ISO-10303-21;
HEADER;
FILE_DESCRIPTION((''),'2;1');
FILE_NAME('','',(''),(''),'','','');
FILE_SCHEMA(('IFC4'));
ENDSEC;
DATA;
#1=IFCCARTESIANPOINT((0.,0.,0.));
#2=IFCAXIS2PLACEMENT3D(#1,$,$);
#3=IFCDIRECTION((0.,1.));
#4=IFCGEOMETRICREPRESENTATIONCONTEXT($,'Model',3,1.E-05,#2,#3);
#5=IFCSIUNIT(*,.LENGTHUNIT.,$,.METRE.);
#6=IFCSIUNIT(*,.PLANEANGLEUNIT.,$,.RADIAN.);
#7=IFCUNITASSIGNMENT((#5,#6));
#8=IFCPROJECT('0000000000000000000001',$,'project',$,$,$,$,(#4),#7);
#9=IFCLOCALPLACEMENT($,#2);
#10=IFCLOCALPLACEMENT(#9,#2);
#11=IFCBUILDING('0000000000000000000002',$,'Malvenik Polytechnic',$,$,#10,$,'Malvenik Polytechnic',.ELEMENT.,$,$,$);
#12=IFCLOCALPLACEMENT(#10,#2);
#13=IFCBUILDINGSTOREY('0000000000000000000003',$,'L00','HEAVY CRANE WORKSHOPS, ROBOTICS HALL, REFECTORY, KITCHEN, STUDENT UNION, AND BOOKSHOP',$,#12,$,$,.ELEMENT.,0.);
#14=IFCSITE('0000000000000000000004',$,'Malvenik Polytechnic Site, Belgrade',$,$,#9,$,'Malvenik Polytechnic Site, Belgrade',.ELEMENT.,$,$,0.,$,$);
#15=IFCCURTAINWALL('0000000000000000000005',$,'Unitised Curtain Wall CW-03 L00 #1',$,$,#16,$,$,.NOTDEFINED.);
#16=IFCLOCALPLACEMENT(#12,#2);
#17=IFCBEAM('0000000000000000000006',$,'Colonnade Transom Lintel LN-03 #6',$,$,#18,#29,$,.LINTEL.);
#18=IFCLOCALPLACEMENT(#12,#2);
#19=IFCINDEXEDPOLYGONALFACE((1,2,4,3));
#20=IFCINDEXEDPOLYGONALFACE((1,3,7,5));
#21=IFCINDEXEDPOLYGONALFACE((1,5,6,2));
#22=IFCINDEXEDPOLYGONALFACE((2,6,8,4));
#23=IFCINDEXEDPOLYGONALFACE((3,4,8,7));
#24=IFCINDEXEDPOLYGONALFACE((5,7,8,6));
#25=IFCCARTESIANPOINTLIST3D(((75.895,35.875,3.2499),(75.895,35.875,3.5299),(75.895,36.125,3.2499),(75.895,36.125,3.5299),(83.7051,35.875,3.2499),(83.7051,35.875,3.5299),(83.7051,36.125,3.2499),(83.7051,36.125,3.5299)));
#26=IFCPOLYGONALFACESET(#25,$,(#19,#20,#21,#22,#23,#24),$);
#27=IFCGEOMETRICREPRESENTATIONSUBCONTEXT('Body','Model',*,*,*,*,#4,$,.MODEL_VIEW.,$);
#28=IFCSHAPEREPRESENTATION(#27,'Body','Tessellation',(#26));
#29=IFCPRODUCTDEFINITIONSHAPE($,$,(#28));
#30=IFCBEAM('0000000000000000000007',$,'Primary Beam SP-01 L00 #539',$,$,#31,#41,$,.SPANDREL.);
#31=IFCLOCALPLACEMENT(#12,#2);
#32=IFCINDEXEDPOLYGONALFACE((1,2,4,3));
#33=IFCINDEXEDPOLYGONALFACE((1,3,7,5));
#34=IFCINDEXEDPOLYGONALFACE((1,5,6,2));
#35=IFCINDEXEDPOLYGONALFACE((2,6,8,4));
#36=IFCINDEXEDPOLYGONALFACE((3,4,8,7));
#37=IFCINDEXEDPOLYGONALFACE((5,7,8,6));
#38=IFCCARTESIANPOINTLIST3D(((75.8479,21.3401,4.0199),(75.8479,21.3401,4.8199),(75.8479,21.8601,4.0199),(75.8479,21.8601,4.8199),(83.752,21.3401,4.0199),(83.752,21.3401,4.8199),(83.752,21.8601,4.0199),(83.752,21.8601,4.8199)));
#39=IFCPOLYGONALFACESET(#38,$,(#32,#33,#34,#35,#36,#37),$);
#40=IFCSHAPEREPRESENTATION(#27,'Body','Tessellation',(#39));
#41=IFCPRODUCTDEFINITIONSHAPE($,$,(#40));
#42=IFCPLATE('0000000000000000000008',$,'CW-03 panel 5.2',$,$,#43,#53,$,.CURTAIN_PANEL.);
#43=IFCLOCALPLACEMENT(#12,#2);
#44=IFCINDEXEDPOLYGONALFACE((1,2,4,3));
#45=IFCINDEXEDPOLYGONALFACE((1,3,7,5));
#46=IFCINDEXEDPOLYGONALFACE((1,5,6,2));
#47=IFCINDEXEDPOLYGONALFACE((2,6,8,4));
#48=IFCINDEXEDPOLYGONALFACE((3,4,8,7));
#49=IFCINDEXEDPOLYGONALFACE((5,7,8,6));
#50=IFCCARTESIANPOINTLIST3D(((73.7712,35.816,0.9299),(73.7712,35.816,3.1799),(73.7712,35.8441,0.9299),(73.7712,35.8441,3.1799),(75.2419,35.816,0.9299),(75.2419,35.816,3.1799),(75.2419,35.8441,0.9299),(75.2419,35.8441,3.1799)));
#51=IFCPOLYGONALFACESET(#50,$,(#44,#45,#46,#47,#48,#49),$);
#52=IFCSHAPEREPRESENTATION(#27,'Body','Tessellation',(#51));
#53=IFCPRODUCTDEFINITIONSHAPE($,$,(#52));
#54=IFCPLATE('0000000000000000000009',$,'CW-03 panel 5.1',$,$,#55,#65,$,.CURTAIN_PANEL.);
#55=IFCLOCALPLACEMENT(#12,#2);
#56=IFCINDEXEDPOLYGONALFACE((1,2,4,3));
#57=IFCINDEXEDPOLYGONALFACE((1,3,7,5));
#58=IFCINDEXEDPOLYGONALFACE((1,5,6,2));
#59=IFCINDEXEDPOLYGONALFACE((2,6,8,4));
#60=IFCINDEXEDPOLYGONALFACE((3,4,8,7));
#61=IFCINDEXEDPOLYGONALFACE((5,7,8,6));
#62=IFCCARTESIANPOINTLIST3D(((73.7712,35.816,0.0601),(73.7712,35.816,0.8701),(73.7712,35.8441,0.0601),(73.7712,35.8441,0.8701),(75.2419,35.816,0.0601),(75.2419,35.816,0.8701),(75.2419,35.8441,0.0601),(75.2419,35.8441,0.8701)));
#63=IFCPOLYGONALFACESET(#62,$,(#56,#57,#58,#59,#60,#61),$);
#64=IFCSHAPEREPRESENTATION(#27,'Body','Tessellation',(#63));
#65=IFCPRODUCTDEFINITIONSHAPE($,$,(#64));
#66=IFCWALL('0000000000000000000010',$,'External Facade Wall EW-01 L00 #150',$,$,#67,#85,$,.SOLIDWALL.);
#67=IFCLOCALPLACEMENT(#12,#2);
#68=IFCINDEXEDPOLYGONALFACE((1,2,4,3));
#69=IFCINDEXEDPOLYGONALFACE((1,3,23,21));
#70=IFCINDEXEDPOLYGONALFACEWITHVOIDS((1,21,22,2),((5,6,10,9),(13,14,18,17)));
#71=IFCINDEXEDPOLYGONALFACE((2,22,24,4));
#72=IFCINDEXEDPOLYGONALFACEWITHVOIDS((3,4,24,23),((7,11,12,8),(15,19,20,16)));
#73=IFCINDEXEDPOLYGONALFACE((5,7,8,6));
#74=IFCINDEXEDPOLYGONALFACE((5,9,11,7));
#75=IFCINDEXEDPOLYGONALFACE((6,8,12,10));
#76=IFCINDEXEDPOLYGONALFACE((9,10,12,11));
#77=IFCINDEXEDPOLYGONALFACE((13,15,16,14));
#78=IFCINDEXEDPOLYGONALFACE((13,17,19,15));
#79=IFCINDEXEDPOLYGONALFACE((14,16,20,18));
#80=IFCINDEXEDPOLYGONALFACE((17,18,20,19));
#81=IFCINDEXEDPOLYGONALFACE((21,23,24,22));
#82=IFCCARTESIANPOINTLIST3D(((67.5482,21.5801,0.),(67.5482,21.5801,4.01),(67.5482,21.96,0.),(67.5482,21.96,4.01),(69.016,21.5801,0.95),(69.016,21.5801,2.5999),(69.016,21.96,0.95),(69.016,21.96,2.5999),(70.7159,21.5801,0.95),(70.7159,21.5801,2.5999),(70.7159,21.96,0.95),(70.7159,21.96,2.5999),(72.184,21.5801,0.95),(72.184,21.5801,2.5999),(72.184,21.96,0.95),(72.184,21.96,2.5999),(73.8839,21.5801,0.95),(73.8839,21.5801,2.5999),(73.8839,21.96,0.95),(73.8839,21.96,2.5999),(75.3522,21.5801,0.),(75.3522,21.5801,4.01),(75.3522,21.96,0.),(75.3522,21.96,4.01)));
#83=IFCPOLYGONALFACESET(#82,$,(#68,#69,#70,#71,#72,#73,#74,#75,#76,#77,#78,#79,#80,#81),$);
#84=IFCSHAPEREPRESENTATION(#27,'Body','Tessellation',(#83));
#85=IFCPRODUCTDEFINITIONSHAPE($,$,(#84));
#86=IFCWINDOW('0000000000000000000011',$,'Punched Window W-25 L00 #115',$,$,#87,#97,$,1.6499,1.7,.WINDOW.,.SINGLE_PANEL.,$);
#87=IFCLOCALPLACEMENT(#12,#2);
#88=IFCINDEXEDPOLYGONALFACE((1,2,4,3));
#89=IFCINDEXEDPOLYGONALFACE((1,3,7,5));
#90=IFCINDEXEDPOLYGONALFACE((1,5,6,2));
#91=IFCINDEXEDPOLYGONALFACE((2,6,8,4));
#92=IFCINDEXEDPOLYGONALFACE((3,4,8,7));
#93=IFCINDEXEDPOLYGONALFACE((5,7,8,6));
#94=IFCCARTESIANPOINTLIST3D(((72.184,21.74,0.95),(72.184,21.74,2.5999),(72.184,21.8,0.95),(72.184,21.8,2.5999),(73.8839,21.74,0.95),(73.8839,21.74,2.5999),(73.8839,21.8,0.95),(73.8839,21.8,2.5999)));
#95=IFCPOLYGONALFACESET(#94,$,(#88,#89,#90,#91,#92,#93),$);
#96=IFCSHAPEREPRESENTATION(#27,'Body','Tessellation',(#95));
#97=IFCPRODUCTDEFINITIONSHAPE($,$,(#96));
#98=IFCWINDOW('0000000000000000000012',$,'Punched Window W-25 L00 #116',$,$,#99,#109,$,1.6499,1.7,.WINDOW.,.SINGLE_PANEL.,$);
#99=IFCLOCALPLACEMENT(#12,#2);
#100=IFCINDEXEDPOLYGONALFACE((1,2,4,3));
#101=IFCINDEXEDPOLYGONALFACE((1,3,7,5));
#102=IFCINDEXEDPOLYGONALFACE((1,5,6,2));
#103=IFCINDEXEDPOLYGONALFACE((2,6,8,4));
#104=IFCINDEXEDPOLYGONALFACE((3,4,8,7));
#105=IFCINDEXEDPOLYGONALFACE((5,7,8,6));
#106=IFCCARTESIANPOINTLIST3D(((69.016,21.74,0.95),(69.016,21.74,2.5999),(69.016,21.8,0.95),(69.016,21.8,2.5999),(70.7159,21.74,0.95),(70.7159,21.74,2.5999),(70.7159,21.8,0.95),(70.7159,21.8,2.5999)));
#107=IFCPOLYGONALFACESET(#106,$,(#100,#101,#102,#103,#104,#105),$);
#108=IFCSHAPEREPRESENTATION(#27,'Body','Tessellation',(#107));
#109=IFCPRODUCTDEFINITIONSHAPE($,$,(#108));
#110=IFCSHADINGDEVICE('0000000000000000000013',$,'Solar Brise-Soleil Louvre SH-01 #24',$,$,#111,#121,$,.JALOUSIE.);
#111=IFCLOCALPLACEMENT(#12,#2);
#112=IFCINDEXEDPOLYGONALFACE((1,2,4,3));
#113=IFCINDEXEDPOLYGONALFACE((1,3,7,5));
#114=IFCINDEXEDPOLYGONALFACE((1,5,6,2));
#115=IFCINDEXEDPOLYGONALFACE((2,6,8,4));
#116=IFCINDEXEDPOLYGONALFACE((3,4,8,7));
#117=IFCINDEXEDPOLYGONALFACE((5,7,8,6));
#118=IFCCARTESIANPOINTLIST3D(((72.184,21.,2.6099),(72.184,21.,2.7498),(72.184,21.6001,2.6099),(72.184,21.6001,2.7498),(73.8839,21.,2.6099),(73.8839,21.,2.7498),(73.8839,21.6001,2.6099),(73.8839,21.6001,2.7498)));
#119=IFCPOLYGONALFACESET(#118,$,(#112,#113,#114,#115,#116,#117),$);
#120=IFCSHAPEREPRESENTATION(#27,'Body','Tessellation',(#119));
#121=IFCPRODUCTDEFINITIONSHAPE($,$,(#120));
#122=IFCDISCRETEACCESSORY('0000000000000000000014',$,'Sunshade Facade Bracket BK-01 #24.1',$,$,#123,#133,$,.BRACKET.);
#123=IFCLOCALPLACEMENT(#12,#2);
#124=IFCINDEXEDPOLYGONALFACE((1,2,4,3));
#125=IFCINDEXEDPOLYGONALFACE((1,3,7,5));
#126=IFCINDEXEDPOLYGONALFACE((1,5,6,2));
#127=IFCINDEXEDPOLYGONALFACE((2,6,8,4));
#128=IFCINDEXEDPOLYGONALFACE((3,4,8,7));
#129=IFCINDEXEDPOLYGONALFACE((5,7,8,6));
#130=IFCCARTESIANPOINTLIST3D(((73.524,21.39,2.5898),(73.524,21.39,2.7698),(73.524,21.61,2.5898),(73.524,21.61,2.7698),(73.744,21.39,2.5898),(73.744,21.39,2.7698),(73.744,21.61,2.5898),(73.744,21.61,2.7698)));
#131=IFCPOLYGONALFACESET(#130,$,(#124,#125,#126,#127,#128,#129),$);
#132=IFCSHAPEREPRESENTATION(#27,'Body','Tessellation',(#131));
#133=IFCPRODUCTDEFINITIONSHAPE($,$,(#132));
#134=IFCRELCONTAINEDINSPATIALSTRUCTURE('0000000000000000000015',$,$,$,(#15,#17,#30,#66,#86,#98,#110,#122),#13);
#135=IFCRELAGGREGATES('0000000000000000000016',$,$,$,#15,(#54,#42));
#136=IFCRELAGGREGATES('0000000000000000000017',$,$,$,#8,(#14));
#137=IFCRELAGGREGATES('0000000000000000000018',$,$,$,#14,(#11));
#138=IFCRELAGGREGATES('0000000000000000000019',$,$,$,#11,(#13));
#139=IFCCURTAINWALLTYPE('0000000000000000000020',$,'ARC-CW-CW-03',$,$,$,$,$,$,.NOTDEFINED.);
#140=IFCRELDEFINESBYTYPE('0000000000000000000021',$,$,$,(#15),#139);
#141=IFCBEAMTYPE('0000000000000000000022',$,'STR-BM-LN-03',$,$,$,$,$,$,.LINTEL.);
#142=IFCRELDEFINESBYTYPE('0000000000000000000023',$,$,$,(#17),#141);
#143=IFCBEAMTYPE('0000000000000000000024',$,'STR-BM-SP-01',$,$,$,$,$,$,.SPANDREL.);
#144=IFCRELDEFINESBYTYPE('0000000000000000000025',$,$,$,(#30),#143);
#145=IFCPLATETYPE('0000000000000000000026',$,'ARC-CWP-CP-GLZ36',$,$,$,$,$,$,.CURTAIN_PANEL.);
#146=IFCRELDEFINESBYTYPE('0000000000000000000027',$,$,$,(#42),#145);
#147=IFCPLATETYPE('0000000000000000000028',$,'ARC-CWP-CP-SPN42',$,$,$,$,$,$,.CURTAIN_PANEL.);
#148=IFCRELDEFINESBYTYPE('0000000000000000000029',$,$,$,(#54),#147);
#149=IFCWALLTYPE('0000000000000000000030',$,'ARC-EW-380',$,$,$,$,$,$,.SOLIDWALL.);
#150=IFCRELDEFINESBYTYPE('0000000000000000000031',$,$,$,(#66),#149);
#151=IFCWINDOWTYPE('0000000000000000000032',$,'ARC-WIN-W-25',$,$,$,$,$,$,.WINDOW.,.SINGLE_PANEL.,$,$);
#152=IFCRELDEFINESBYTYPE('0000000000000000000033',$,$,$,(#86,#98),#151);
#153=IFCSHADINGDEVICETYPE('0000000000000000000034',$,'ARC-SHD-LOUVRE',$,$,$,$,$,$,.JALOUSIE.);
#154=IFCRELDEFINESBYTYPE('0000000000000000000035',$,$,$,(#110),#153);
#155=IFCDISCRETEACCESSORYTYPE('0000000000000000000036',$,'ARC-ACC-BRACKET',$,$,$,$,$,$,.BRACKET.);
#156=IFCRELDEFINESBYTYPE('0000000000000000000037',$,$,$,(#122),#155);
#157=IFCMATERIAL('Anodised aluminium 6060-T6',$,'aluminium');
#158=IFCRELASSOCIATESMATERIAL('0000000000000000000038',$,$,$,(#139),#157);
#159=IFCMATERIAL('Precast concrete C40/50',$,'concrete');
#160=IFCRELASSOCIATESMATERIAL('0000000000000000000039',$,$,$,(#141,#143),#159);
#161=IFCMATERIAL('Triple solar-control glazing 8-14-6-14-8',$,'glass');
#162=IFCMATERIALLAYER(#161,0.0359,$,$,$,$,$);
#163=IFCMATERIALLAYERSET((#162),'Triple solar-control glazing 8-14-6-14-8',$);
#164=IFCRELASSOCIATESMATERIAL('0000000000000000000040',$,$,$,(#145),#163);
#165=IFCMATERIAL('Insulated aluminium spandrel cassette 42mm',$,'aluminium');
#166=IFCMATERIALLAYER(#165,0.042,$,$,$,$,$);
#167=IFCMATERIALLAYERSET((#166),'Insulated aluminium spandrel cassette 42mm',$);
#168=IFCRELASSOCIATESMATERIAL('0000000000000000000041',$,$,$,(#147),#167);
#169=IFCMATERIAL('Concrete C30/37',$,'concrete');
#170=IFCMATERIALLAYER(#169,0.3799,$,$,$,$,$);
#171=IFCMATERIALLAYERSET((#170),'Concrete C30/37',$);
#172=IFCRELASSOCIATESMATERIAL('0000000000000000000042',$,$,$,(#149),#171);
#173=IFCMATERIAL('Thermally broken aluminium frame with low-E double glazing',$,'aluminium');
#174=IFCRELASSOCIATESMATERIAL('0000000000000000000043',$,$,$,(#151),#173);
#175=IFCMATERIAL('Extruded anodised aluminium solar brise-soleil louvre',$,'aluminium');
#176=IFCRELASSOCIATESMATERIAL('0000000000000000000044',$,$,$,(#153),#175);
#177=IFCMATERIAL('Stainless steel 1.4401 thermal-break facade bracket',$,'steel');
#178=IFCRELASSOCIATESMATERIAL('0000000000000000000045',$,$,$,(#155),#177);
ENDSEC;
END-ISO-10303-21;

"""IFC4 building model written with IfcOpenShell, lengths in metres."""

from ifc_helpers import new_model, si_unit, direction, frame, frame_2d, origin, origin_2d, place, context, subcontext, project, spatial, rectangle, extrude, material, layer, layer_set, material_profile, profile_set, type_object, element, fill, aggregate, save


model = new_model("IFC4")

# Units and contexts
model_context = context("Model", 3, precision=1e-05, world=origin(), true_north=direction((0.0, 1.0)))
body_context = subcontext(model_context, "Body", "Model", "MODEL_VIEW")
ifc_project = project(units=[si_unit("LENGTHUNIT", "METRE"), si_unit("PLANEANGLEUNIT", "RADIAN")], contexts=[model_context])

# Site, building, storey
site_placement = place(None, origin())
site = spatial("IfcSite", under=ifc_project, at=site_placement, Name="Malvenik Polytechnic Site, Belgrade", LongName="Malvenik Polytechnic Site, Belgrade", CompositionType="ELEMENT", RefElevation=0.0)
building_placement = place(site_placement, origin())
building = spatial("IfcBuilding", under=site, at=building_placement, Name="Malvenik Polytechnic", LongName="Malvenik Polytechnic", CompositionType="ELEMENT")
storey_placement = place(building_placement, origin())
storey = spatial("IfcBuildingStorey", under=building, at=storey_placement, Name="L00", Description="HEAVY CRANE WORKSHOPS, ROBOTICS HALL, REFECTORY, KITCHEN, STUDENT UNION, AND BOOKSHOP", CompositionType="ELEMENT", Elevation=0.0)

# Curtain wall
ifc_material_1 = material(Name="Anodised aluminium 6060-T6", Category="aluminium")
curtain_wall_type = type_object("IfcCurtainWallType", Name="ARC-CW-CW-03", PredefinedType="NOTDEFINED", material=ifc_material_1)
curtain_wall_placement = place(storey_placement, origin())
curtain_wall = element("IfcCurtainWall", 1, at=curtain_wall_placement, inside=storey, type_object=curtain_wall_type, Name="Unitised Curtain Wall CW-03 L00 #1", PredefinedType="NOTDEFINED")

# Beams
ifc_material_2 = material(Name="Precast concrete C40/50", Category="concrete")
ifc_material_profile_1 = material_profile(ifc_material_2, rectangle(XDim=0.25, YDim=0.28, at=origin_2d()), Name="PC LNT 250x280")
ifc_profile_set_1 = profile_set([ifc_material_profile_1], Name="Precast concrete C40/50")
beam_type_1 = type_object("IfcBeamType", Name="STR-BM-LN-03", PredefinedType="LINTEL", material=ifc_profile_set_1)
beam_1_placement = place(storey_placement, frame((75.895, 36.0, 3.3899), z_axis=(1.0, 0.0, 0.0), x_axis=(0.0, 1.0, 0.0)))
element("IfcBeam", 2, at=beam_1_placement, inside=storey, type_object=beam_type_1, Name="Colonnade Transom Lintel LN-03 #6", PredefinedType="LINTEL", context=body_context, shape_type="SweptSolid", body=[
    extrude(rectangle(XDim=0.25, YDim=0.28, at=origin_2d()), origin(), (0.0, 0.0, 1.0), 7.8101),
])
ifc_material_profile_2 = material_profile(ifc_material_2, rectangle(XDim=0.52, YDim=0.8, at=origin_2d()), Name="PC SPN 520x800")
ifc_profile_set_2 = profile_set([ifc_material_profile_2], Name="Precast concrete C40/50")
beam_type_2 = type_object("IfcBeamType", Name="STR-BM-SP-01", PredefinedType="SPANDREL", material=ifc_profile_set_2)
beam_2_placement = place(storey_placement, frame((75.8479, 21.6001, 4.4199), z_axis=(1.0, 0.0, 0.0), x_axis=(0.0, 1.0, 0.0)))
element("IfcBeam", 3, at=beam_2_placement, inside=storey, type_object=beam_type_2, Name="Primary Beam SP-01 L00 #539", PredefinedType="SPANDREL", context=body_context, shape_type="SweptSolid", body=[
    extrude(rectangle(XDim=0.52, YDim=0.8, at=origin_2d()), origin(), (0.0, 0.0, 1.0), 7.9041),
])

# Plates
ifc_material_3 = material(Name="Triple solar-control glazing 8-14-6-14-8", Category="glass")
ifc_layer_1 = layer(ifc_material_3, 0.0359)
ifc_layer_set_1 = layer_set([ifc_layer_1], Name="Triple solar-control glazing 8-14-6-14-8")
plate_type_1 = type_object("IfcPlateType", Name="ARC-CWP-CP-GLZ36", PredefinedType="CURTAIN_PANEL", material=ifc_layer_set_1)
plate_1_placement = place(storey_placement, frame((74.5066, 35.8301, 0.9299), z_axis=(0.0, 0.0, 1.0), x_axis=(1.0, 0.0, 0.0)))
plate_1 = element("IfcPlate", 4, at=plate_1_placement, type_object=plate_type_1, Name="CW-03 panel 5.2", PredefinedType="CURTAIN_PANEL", context=body_context, shape_type="SweptSolid", body=[
    extrude(rectangle(XDim=1.4707, YDim=0.0281, at=origin_2d()), origin(), (0.0, 0.0, 1.0), 2.25),
])
ifc_material_4 = material(Name="Insulated aluminium spandrel cassette 42mm", Category="aluminium")
ifc_layer_2 = layer(ifc_material_4, 0.042)
ifc_layer_set_2 = layer_set([ifc_layer_2], Name="Insulated aluminium spandrel cassette 42mm")
plate_type_2 = type_object("IfcPlateType", Name="ARC-CWP-CP-SPN42", PredefinedType="CURTAIN_PANEL", material=ifc_layer_set_2)
plate_2_placement = place(storey_placement, frame((74.5066, 35.8301, 0.0601), z_axis=(0.0, 0.0, 1.0), x_axis=(1.0, 0.0, 0.0)))
plate_2 = element("IfcPlate", 5, at=plate_2_placement, type_object=plate_type_2, Name="CW-03 panel 5.1", PredefinedType="CURTAIN_PANEL", context=body_context, shape_type="SweptSolid", body=[
    extrude(rectangle(XDim=1.4707, YDim=0.0281, at=origin_2d()), origin(), (0.0, 0.0, 1.0), 0.8101),
])
aggregate(curtain_wall, [plate_2, plate_1])

# Wall, openings, windows
ifc_material_5 = material(Name="Concrete C30/37", Category="concrete")
ifc_layer_3 = layer(ifc_material_5, 0.3799)
ifc_layer_set_3 = layer_set([ifc_layer_3], Name="Concrete C30/37")
wall_type = type_object("IfcWallType", Name="ARC-EW-380", PredefinedType="SOLIDWALL", material=ifc_layer_set_3)
wall_placement = place(storey_placement, frame((75.3521, 21.77, 0.0), z_axis=(0.0, 0.0, 1.0), x_axis=(-1.0, 0.0, 0.0)))
wall = element("IfcWall", 6, at=wall_placement, inside=storey, type_object=wall_type, Name="External Facade Wall EW-01 L00 #150", PredefinedType="SOLIDWALL", context=body_context, shape_type="SweptSolid", body=[
    extrude(rectangle(XDim=7.804, YDim=0.3799, at=frame_2d((3.9019, 0.0))), origin(), (0.0, 0.0, 1.0), 4.01),
])
opening_1_placement = place(wall_placement, frame((1.468, 0.0, 0.95)))
opening_1 = element("IfcOpeningElement", 7, at=opening_1_placement, cuts=wall, PredefinedType="OPENING", context=body_context, shape_type="SweptSolid", body=[
    extrude(rectangle(XDim=1.7, YDim=1.6499, at=frame_2d((0.8501, 0.825))), frame((0.0, 0.2, 0.0), z_axis=(0.0, -1.0, 0.0), x_axis=(1.0, 0.0, 0.0)), (0.0, 0.0, 1.0), 0.3999),
])
opening_2_placement = place(wall_placement, frame((4.636, 0.0, 0.95)))
opening_2 = element("IfcOpeningElement", 8, at=opening_2_placement, cuts=wall, PredefinedType="OPENING", context=body_context, shape_type="SweptSolid", body=[
    extrude(rectangle(XDim=1.7, YDim=1.6499, at=frame_2d((0.8501, 0.825))), frame((0.0, 0.2, 0.0), z_axis=(0.0, -1.0, 0.0), x_axis=(1.0, 0.0, 0.0)), (0.0, 0.0, 1.0), 0.3999),
])
ifc_material_6 = material(Name="Thermally broken aluminium frame with low-E double glazing", Category="aluminium")
window_type = type_object("IfcWindowType", Name="ARC-WIN-W-25", PartitioningType="SINGLE_PANEL", PredefinedType="WINDOW", material=ifc_material_6)
window_1_placement = place(opening_1_placement, origin())
window_1 = element("IfcWindow", 9, at=window_1_placement, inside=storey, type_object=window_type, Name="Punched Window W-25 L00 #115", OverallHeight=1.6499, OverallWidth=1.7, PartitioningType="SINGLE_PANEL", PredefinedType="WINDOW", context=body_context, shape_type="SweptSolid", body=[
    extrude(rectangle(XDim=1.7, YDim=1.6499, at=frame_2d((0.8501, 0.825))), frame((0.0, 0.03, 0.0), z_axis=(0.0, -1.0, 0.0), x_axis=(1.0, 0.0, 0.0)), (0.0, 0.0, 1.0), 0.0601),
])
fill(opening_1, window_1)
window_2_placement = place(opening_2_placement, origin())
window_2 = element("IfcWindow", 10, at=window_2_placement, inside=storey, type_object=window_type, Name="Punched Window W-25 L00 #116", OverallHeight=1.6499, OverallWidth=1.7, PartitioningType="SINGLE_PANEL", PredefinedType="WINDOW", context=body_context, shape_type="SweptSolid", body=[
    extrude(rectangle(XDim=1.7, YDim=1.6499, at=frame_2d((0.8501, 0.825))), frame((0.0, 0.03, 0.0), z_axis=(0.0, -1.0, 0.0), x_axis=(1.0, 0.0, 0.0)), (0.0, 0.0, 1.0), 0.0601),
])
fill(opening_2, window_2)

# Shading device
ifc_material_7 = material(Name="Extruded anodised aluminium solar brise-soleil louvre", Category="aluminium")
shading_device_type = type_object("IfcShadingDeviceType", Name="ARC-SHD-LOUVRE", PredefinedType="JALOUSIE", material=ifc_material_7)
shading_device_placement = place(storey_placement, frame((73.0339, 21.3, 2.6099), z_axis=(0.0, 0.0, 1.0), x_axis=(1.0, 0.0, 0.0)))
element("IfcShadingDevice", 11, at=shading_device_placement, inside=storey, type_object=shading_device_type, Name="Solar Brise-Soleil Louvre SH-01 #24", PredefinedType="JALOUSIE", context=body_context, shape_type="SweptSolid", body=[
    extrude(rectangle(XDim=1.7, YDim=0.6001, at=origin_2d()), origin(), (0.0, 0.0, 1.0), 0.1399),
])

# Discrete accessory
ifc_material_8 = material(Name="Stainless steel 1.4401 thermal-break facade bracket", Category="steel")
discrete_accessory_type = type_object("IfcDiscreteAccessoryType", Name="ARC-ACC-BRACKET", PredefinedType="BRACKET", material=ifc_material_8)
discrete_accessory_placement = place(storey_placement, frame((73.634, 21.5, 2.5898), z_axis=(0.0, 0.0, 1.0), x_axis=(1.0, 0.0, 0.0)))
element("IfcDiscreteAccessory", 12, at=discrete_accessory_placement, inside=storey, type_object=discrete_accessory_type, Name="Sunshade Facade Bracket BK-01 #24.1", PredefinedType="BRACKET", context=body_context, shape_type="SweptSolid", body=[
    extrude(rectangle(XDim=0.22, YDim=0.22, at=origin_2d()), origin(), (0.0, 0.0, 1.0), 0.1799),
])

save(model, "model.ifc")
